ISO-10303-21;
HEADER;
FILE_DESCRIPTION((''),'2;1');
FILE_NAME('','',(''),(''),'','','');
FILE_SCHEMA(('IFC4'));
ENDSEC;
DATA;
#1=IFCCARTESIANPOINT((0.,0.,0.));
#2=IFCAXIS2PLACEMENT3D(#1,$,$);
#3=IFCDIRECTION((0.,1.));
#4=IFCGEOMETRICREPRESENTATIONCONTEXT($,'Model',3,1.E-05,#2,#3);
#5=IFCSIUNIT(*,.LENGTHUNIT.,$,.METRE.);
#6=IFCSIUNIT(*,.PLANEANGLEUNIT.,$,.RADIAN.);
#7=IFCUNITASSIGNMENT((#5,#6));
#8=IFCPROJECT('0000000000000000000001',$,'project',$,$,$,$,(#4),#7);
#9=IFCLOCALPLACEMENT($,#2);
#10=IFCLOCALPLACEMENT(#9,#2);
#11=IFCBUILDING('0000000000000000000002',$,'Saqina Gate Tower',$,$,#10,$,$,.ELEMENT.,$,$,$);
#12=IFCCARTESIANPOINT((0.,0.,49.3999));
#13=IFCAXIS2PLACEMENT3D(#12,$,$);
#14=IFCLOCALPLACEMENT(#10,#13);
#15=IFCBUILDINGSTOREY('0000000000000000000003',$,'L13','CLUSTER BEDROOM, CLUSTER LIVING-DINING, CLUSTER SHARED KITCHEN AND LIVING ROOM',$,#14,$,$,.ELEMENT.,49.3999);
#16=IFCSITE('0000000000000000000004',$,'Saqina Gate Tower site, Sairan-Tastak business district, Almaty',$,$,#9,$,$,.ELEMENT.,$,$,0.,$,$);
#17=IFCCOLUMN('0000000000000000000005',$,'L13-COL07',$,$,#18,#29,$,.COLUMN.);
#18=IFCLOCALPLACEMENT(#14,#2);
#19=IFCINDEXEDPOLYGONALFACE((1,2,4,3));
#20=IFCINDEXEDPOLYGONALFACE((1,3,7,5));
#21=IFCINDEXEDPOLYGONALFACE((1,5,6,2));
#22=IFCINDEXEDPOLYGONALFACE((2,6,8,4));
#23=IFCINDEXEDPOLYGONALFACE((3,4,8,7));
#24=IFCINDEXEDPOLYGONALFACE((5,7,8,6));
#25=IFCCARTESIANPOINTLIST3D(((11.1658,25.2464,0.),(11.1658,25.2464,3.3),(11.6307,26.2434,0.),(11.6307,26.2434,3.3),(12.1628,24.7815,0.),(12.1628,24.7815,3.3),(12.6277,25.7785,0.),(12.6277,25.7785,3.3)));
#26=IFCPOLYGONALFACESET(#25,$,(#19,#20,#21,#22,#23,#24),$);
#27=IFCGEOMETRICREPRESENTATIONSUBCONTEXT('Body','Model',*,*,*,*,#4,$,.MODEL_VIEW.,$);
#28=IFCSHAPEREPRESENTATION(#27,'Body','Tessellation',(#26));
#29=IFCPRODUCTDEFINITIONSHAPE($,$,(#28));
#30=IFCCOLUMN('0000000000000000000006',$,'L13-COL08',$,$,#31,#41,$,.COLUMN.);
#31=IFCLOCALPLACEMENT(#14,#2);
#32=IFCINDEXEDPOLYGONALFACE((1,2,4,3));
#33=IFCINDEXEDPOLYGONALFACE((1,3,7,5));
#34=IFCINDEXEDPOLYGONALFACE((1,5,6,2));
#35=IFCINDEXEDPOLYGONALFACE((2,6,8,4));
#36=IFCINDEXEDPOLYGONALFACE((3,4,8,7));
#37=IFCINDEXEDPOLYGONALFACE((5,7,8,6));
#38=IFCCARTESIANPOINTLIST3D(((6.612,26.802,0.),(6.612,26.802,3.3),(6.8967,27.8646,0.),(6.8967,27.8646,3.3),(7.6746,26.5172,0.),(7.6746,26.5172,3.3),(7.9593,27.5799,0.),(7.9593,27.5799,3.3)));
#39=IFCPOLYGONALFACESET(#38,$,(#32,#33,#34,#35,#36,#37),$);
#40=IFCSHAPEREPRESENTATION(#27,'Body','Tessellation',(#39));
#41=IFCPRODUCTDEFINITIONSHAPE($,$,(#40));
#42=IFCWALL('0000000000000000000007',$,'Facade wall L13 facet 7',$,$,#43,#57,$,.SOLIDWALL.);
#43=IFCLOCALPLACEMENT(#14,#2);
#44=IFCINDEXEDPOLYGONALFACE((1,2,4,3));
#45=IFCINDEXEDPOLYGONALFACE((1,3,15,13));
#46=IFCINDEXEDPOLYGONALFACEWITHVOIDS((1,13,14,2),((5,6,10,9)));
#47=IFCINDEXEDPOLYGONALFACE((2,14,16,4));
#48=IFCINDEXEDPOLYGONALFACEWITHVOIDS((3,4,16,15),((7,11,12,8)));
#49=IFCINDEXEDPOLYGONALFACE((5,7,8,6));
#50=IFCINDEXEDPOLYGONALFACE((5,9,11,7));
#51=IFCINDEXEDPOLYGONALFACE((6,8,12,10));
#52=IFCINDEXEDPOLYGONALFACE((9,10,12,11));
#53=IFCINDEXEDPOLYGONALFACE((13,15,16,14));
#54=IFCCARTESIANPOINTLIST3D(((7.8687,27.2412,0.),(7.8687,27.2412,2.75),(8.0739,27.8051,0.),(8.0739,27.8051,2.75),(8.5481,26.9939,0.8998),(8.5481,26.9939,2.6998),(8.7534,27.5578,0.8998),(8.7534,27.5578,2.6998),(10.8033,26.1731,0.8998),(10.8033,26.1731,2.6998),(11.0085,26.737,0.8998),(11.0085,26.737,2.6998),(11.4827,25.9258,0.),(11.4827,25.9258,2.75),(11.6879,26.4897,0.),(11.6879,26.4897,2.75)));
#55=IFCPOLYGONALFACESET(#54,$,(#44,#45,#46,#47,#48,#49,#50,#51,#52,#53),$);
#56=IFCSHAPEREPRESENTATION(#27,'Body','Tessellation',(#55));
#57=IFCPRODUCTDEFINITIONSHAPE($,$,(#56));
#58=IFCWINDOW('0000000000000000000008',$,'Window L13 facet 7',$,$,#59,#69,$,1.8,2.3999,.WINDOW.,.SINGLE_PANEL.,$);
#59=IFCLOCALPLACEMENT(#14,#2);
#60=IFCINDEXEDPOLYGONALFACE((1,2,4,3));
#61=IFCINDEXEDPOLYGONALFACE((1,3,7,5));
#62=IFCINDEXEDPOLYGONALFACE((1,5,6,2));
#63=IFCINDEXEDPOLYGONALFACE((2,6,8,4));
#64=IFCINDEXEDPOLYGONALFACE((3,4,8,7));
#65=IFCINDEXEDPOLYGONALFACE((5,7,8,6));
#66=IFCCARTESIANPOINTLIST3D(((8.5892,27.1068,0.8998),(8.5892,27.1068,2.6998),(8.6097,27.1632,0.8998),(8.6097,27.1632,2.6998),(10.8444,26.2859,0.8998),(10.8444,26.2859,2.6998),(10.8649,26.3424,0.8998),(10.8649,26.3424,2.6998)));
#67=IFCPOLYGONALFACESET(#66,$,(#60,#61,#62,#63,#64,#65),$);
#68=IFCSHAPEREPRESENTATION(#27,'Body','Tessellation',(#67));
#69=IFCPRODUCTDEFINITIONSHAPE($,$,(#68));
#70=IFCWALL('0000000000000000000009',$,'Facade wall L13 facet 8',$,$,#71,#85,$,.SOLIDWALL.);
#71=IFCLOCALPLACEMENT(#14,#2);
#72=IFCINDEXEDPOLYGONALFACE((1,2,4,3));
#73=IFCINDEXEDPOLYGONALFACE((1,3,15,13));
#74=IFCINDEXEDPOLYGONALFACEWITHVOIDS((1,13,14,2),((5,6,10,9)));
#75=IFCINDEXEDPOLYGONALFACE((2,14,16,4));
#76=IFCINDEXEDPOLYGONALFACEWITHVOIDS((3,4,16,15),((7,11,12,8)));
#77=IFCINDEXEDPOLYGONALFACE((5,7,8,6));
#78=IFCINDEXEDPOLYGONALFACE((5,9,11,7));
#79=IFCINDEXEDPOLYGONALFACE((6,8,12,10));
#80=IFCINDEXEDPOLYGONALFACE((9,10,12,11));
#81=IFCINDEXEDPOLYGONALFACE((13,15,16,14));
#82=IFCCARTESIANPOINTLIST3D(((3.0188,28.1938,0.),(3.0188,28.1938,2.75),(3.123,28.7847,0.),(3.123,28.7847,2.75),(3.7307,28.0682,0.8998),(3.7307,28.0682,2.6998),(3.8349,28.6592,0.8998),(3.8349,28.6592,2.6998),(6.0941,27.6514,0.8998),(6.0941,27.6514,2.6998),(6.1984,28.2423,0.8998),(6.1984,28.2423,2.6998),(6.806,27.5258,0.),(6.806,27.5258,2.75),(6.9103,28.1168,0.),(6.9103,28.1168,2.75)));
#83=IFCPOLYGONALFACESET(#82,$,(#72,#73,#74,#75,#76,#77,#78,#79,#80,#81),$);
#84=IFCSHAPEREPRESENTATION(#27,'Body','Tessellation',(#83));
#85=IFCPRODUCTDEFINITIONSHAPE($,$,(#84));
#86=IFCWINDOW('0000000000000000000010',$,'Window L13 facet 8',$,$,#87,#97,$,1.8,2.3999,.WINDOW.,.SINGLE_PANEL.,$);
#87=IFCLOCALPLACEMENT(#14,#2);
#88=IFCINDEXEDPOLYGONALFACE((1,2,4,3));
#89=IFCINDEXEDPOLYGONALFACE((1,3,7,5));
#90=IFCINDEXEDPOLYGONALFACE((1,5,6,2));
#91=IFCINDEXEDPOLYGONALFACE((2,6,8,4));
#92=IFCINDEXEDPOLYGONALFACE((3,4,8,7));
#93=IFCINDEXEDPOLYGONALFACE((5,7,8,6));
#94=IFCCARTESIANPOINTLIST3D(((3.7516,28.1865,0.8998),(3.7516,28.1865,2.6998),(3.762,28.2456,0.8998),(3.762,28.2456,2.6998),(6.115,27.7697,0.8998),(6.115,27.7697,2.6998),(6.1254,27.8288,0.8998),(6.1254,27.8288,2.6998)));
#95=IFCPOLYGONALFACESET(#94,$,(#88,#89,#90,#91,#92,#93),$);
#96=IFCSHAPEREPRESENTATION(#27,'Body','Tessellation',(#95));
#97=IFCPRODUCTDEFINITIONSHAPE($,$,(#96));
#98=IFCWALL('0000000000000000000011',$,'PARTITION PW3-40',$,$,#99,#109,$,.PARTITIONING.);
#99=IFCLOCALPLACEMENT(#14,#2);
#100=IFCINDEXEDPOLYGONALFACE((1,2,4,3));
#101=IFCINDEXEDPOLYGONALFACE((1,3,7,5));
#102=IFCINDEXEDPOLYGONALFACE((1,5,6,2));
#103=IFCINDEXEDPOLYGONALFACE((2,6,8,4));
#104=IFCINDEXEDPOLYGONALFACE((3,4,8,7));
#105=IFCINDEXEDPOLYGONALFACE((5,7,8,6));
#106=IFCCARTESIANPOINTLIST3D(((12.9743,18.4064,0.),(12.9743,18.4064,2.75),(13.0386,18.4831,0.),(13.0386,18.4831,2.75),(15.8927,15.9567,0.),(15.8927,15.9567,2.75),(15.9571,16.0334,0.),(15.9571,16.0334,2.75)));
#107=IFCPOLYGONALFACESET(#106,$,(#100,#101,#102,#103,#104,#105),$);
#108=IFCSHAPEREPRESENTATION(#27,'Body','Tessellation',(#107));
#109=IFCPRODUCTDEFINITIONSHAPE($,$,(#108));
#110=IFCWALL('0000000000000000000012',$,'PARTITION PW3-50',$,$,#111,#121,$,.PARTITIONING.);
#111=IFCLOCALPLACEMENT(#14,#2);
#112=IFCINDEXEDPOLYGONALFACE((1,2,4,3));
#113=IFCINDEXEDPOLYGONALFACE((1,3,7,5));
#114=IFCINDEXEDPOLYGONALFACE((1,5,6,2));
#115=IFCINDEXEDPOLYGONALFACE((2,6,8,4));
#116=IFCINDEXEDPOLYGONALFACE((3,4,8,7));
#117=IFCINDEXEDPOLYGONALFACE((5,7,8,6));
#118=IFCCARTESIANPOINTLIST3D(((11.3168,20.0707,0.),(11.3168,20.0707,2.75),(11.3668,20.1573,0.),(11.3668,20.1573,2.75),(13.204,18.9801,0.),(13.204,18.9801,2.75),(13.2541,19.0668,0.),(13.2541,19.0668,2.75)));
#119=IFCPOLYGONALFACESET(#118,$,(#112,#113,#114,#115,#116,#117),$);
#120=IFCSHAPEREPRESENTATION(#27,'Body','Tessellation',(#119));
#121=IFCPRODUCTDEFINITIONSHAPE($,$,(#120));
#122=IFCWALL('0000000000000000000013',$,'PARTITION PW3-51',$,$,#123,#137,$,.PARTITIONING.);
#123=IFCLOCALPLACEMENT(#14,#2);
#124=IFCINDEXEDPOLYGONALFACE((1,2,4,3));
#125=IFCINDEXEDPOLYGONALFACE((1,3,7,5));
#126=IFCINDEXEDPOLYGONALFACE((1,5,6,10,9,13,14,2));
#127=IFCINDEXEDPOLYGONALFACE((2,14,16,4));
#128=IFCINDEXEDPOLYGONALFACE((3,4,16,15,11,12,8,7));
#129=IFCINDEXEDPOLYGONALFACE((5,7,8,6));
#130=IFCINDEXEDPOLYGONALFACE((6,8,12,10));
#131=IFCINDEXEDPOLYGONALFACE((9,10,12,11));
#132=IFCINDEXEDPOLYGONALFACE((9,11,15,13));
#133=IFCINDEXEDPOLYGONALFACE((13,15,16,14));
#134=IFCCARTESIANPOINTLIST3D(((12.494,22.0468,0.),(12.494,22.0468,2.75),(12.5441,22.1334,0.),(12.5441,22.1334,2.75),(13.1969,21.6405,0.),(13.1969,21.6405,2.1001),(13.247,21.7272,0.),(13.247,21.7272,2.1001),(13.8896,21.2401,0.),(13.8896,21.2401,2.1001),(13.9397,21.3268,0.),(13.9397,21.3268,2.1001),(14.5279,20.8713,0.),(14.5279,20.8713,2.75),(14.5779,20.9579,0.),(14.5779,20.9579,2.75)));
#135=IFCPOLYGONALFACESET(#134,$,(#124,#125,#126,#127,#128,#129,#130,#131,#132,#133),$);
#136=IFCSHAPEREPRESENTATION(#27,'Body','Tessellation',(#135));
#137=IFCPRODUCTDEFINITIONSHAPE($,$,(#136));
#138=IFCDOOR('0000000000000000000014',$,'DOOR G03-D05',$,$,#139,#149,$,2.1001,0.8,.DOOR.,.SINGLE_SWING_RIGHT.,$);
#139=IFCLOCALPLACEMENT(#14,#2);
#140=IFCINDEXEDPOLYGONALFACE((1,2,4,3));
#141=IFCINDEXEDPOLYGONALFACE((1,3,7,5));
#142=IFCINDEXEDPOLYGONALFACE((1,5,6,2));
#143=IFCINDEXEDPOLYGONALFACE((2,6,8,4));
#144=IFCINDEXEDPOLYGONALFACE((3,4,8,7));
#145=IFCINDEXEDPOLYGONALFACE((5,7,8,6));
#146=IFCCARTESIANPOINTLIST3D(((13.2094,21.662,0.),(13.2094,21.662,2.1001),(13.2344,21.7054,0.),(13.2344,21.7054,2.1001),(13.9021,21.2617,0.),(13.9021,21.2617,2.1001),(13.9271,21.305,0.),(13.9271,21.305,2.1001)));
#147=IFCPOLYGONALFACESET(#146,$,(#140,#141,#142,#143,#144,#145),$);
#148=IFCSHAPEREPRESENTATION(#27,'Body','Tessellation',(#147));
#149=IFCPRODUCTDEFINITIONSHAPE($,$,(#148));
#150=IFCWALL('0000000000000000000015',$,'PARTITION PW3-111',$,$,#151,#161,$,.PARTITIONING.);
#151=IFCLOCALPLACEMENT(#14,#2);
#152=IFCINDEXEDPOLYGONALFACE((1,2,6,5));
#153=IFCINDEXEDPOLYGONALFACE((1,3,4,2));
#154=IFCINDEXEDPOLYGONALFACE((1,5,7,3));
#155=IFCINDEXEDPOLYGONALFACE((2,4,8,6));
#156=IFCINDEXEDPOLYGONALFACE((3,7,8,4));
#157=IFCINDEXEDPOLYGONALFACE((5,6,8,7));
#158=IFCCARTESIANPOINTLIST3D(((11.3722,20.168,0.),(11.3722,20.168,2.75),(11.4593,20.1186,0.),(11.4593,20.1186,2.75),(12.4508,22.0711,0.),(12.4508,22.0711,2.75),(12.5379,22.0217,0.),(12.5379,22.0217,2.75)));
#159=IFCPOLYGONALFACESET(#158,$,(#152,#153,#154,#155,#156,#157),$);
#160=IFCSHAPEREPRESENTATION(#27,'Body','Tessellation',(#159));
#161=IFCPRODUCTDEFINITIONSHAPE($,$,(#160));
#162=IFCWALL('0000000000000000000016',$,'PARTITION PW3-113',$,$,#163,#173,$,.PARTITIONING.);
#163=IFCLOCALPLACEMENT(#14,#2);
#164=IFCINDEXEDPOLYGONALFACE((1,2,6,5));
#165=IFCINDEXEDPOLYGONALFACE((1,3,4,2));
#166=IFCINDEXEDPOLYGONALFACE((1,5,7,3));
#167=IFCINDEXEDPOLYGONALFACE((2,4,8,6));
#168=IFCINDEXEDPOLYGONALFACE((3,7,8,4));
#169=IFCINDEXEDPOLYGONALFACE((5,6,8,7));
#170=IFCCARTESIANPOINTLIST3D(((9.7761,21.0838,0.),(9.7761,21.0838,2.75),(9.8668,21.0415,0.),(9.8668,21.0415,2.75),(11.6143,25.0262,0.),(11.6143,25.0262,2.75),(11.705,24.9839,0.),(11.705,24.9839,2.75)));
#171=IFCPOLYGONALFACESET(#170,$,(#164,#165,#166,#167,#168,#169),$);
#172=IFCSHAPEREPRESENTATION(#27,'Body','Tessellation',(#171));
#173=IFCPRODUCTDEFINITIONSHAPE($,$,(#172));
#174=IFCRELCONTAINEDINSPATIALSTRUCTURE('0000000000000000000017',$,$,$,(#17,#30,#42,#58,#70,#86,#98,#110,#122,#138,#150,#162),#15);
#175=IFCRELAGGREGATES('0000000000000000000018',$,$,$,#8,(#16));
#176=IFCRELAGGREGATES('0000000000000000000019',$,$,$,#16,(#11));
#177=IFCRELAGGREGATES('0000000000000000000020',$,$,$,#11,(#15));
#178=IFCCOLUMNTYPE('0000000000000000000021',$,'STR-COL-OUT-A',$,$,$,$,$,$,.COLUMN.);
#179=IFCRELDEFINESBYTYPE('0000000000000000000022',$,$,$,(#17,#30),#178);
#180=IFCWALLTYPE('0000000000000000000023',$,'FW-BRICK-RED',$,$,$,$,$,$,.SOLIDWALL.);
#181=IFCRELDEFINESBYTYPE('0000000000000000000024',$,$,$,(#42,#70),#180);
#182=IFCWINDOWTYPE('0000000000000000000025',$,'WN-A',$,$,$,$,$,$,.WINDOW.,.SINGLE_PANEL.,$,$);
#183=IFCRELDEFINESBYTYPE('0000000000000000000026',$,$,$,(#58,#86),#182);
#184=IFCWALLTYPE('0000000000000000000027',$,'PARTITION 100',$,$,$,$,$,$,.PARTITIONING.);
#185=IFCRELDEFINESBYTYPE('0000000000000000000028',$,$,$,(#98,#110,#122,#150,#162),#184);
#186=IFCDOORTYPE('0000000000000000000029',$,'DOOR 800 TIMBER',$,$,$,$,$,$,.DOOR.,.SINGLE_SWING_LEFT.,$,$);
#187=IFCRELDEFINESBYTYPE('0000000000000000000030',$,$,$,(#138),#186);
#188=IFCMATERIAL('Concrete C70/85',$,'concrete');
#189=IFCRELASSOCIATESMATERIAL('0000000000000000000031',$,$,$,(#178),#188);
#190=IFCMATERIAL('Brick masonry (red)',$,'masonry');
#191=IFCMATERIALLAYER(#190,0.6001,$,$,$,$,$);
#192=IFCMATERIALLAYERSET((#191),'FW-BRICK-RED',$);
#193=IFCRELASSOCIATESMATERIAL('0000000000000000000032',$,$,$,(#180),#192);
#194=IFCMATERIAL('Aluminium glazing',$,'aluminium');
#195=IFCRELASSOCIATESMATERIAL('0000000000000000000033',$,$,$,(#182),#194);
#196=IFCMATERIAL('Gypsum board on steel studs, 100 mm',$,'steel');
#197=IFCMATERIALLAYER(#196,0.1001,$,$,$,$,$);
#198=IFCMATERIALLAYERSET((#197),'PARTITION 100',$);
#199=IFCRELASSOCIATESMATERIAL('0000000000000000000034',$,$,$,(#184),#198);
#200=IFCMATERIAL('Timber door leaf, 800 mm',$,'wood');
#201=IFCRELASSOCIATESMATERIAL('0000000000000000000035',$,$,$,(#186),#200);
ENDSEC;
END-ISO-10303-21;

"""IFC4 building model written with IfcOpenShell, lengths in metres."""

from ifc_helpers import new_model, si_unit, direction, frame, frame_2d, origin, origin_2d, place, context, subcontext, project, spatial, rectangle, extrude, material, layer, layer_set, material_profile, profile_set, type_object, element, fill, save


model = new_model("IFC4")

# Units and contexts
model_context = context("Model", 3, precision=1e-05, world=origin(), true_north=direction((0.0, 1.0)))
body_context = subcontext(model_context, "Body", "Model", "MODEL_VIEW")
ifc_project = project(units=[si_unit("LENGTHUNIT", "METRE"), si_unit("PLANEANGLEUNIT", "RADIAN")], contexts=[model_context])

# Site, building, storey
site_placement = place(None, origin())
site = spatial("IfcSite", under=ifc_project, at=site_placement, Name="Saqina Gate Tower site, Sairan-Tastak business district, Almaty", CompositionType="ELEMENT", RefElevation=0.0)
building_placement = place(site_placement, origin())
building = spatial("IfcBuilding", under=site, at=building_placement, Name="Saqina Gate Tower", CompositionType="ELEMENT")
storey_placement = place(building_placement, frame((0.0, 0.0, 49.3999)))
storey = spatial("IfcBuildingStorey", under=building, at=storey_placement, Name="L13", Description="CLUSTER BEDROOM, CLUSTER LIVING-DINING, CLUSTER SHARED KITCHEN AND LIVING ROOM", CompositionType="ELEMENT", Elevation=49.3999)

# Columns
ifc_material_1 = material(Name="Concrete C70/85", Category="concrete")
ifc_material_profile = material_profile(ifc_material_1, rectangle(XDim=1.1001, YDim=1.1001, at=origin_2d()), Name="RC 1100x1100")
ifc_profile_set = profile_set([ifc_material_profile], Name="Concrete C70/85")
column_type = type_object("IfcColumnType", Name="STR-COL-OUT-A", PredefinedType="COLUMN", material=ifc_profile_set)
for number, where, z_axis, x_axis, name in (
    (1, (11.8967, 25.5125, 0.0), (0.0, 0.0, 1.0), (0.422618, 0.906308, 0.0), "L13-COL07"),
    (2, (7.2856, 27.1909, 0.0), (0.0, 0.0, 1.0), (0.258819, 0.965926, 0.0), "L13-COL08"),
):
    element("IfcColumn", number, at=place(storey_placement, frame(where, z_axis=z_axis, x_axis=x_axis)), inside=storey, type_object=column_type, Name=name, PredefinedType="COLUMN", context=body_context, shape_type="SweptSolid", body=[
        extrude(rectangle(XDim=1.1001, YDim=1.1001, at=origin_2d()), origin(), (0.0, 0.0, 1.0), 3.3),
    ])

# Walls, openings, windows
ifc_material_2 = material(Name="Brick masonry (red)", Category="masonry")
ifc_layer_1 = layer(ifc_material_2, 0.6001)
ifc_layer_set_1 = layer_set([ifc_layer_1], Name="FW-BRICK-RED")
wall_type_1 = type_object("IfcWallType", Name="FW-BRICK-RED", PredefinedType="SOLIDWALL", material=ifc_layer_set_1)
wall_1_placement = place(storey_placement, frame((11.5852, 26.2078, 0.0), z_axis=(0.0, 0.0, 1.0), x_axis=(-0.93969, 0.342028, 0.0)))
wall_1 = element("IfcWall", 3, at=wall_1_placement, inside=storey, type_object=wall_type_1, Name="Facade wall L13 facet 7", PredefinedType="SOLIDWALL", context=body_context, shape_type="SweptSolid", body=[
    extrude(rectangle(XDim=3.8459, YDim=0.6001, at=frame_2d((1.9229, 0.0))), origin(), (0.0, 0.0, 1.0), 2.75),
])
opening_1_placement = place(wall_1_placement, frame((0.7229, 0.0, 0.8999)))
opening_1 = element("IfcOpeningElement", 4, at=opening_1_placement, cuts=wall_1, PredefinedType="OPENING", context=body_context, shape_type="SweptSolid", body=[
    extrude(rectangle(XDim=2.3999, YDim=1.8, at=frame_2d((1.2, 0.8999))), frame((0.0, 0.312, 0.0), z_axis=(0.0, -1.0, 0.0), x_axis=(1.0, 0.0, 0.0)), (0.0, 0.0, 1.0), 0.624),
])
ifc_material_3 = material(Name="Aluminium glazing", Category="aluminium")
window_type = type_object("IfcWindowType", Name="WN-A", PartitioningType="SINGLE_PANEL", PredefinedType="WINDOW", material=ifc_material_3)
window_1_placement = place(opening_1_placement, origin())
window_1 = element("IfcWindow", 5, at=window_1_placement, inside=storey, type_object=window_type, Name="Window L13 facet 7", OverallHeight=1.8, OverallWidth=2.3999, PartitioningType="SINGLE_PANEL", PredefinedType="WINDOW", context=body_context, shape_type="SweptSolid", body=[
    extrude(rectangle(XDim=2.3999, YDim=1.8, at=frame_2d((1.2, 0.8999))), frame((0.0, 0.1799, 0.0), z_axis=(0.0, -1.0, 0.0), x_axis=(1.0, 0.0, 0.0)), (0.0, 0.0, 1.0), 0.0601),
])
fill(opening_1, window_1)
wall_2_placement = place(storey_placement, frame((6.8582, 27.8213, 0.0), z_axis=(0.0, 0.0, 1.0), x_axis=(-0.984801, 0.173688, 0.0)))
wall_2 = element("IfcWall", 6, at=wall_2_placement, inside=storey, type_object=wall_type_1, Name="Facade wall L13 facet 8", PredefinedType="SOLIDWALL", context=body_context, shape_type="SweptSolid", body=[
    extrude(rectangle(XDim=3.8457, YDim=0.6001, at=frame_2d((1.9229, 0.0))), origin(), (0.0, 0.0, 1.0), 2.75),
])
opening_2_placement = place(wall_2_placement, frame((0.7229, 0.0, 0.8999)))
opening_2 = element("IfcOpeningElement", 7, at=opening_2_placement, cuts=wall_2, PredefinedType="OPENING", context=body_context, shape_type="SweptSolid", body=[
    extrude(rectangle(XDim=2.3999, YDim=1.8, at=frame_2d((1.2, 0.8999))), frame((0.0, 0.312, 0.0), z_axis=(0.0, -1.0, 0.0), x_axis=(1.0, 0.0, 0.0)), (0.0, 0.0, 1.0), 0.624),
])
window_2_placement = place(opening_2_placement, origin())
window_2 = element("IfcWindow", 8, at=window_2_placement, inside=storey, type_object=window_type, Name="Window L13 facet 8", OverallHeight=1.8, OverallWidth=2.3999, PartitioningType="SINGLE_PANEL", PredefinedType="WINDOW", context=body_context, shape_type="SweptSolid", body=[
    extrude(rectangle(XDim=2.3999, YDim=1.8, at=frame_2d((1.2, 0.8999))), frame((0.0, 0.1799, 0.0), z_axis=(0.0, -1.0, 0.0), x_axis=(1.0, 0.0, 0.0)), (0.0, 0.0, 1.0), 0.0601),
])
fill(opening_2, window_2)

# Walls
ifc_material_4 = material(Name="Gypsum board on steel studs, 100 mm", Category="steel")
ifc_layer_2 = layer(ifc_material_4, 0.1001)
ifc_layer_set_2 = layer_set([ifc_layer_2], Name="PARTITION 100")
wall_type_2 = type_object("IfcWallType", Name="PARTITION 100", PredefinedType="PARTITIONING", material=ifc_layer_set_2)
wall_3_placement = place(storey_placement, frame((13.0063, 18.4448, 0.0), z_axis=(0.0, 0.0, 1.0), x_axis=(0.765937, -0.642916, 0.0)))
element("IfcWall", 9, at=wall_3_placement, inside=storey, type_object=wall_type_2, Name="PARTITION PW3-40", PredefinedType="PARTITIONING", context=body_context, shape_type="SweptSolid", body=[
    extrude(rectangle(XDim=3.8103, YDim=0.1001, at=frame_2d((1.9053, 0.0))), origin(), (0.0, 0.0, 1.0), 2.75),
])
wall_4_placement = place(storey_placement, frame((11.3418, 20.114, 0.0), z_axis=(0.0, 0.0, 1.0), x_axis=(0.865827, -0.500343, 0.0)))
element("IfcWall", 10, at=wall_4_placement, inside=storey, type_object=wall_type_2, Name="PARTITION PW3-50", PredefinedType="PARTITIONING", context=body_context, shape_type="SweptSolid", body=[
    extrude(rectangle(XDim=2.1797, YDim=0.1001, at=frame_2d((1.0898, 0.0))), origin(), (0.0, 0.0, 1.0), 2.75),
])

# Wall, opening, door
wall_5_placement = place(storey_placement, frame((12.519, 22.0901, 0.0), z_axis=(0.0, 0.0, 1.0), x_axis=(0.865796, -0.500397, 0.0)))
wall_5 = element("IfcWall", 11, at=wall_5_placement, inside=storey, type_object=wall_type_2, Name="PARTITION PW3-51", PredefinedType="PARTITIONING", context=body_context, shape_type="SweptSolid", body=[
    extrude(rectangle(XDim=2.3491, YDim=0.1001, at=frame_2d((1.1746, 0.0))), origin(), (0.0, 0.0, 1.0), 2.75),
])
opening_3_placement = place(wall_5_placement, frame((0.812, 0.0, 0.0)))
opening_3 = element("IfcOpeningElement", 12, at=opening_3_placement, cuts=wall_5, PredefinedType="OPENING", context=body_context, shape_type="SweptSolid", body=[
    extrude(rectangle(XDim=0.8, YDim=2.1001, at=frame_2d((0.3999, 1.05))), frame((0.0, 0.062, 0.0), z_axis=(0.0, -1.0, 0.0), x_axis=(1.0, 0.0, 0.0)), (0.0, 0.0, 1.0), 0.124),
])
ifc_material_5 = material(Name="Timber door leaf, 800 mm", Category="wood")
door_type_1 = type_object("IfcDoorType", Name="DOOR 800 TIMBER", OperationType="SINGLE_SWING_LEFT", PredefinedType="DOOR", material=ifc_material_5)
door_1_placement = place(opening_3_placement, origin())
door_1 = element("IfcDoor", 13, at=door_1_placement, inside=storey, type_object=door_type_1, Name="DOOR G03-D05", OperationType="SINGLE_SWING_RIGHT", OverallHeight=2.1001, OverallWidth=0.8, PredefinedType="DOOR", context=body_context, shape_type="SweptSolid", body=[
    extrude(rectangle(XDim=0.8, YDim=2.1001, at=frame_2d((0.3999, 1.05))), frame((0.0, 0.0249, 0.0), z_axis=(0.0, -1.0, 0.0), x_axis=(1.0, 0.0, 0.0)), (0.0, 0.0, 1.0), 0.05),
])
fill(opening_3, door_1)

# Walls
wall_6_placement = place(storey_placement, frame((11.4158, 20.1433, 0.0), z_axis=(0.0, 0.0, 1.0), x_axis=(0.493083, 0.869982, 0.0)))
element("IfcWall", 14, at=wall_6_placement, inside=storey, type_object=wall_type_2, Name="PARTITION PW3-111", PredefinedType="PARTITIONING", context=body_context, shape_type="SweptSolid", body=[
    extrude(rectangle(XDim=2.1875, YDim=0.1001, at=frame_2d((1.0938, 0.0))), origin(), (0.0, 0.0, 1.0), 2.75),
])
wall_7_placement = place(storey_placement, frame((9.8215, 21.0627, 0.0), z_axis=(0.0, 0.0, 1.0), x_axis=(0.422575, 0.906328, 0.0)))
element("IfcWall", 15, at=wall_7_placement, inside=storey, type_object=wall_type_2, Name="PARTITION PW3-113", PredefinedType="PARTITIONING", context=body_context, shape_type="SweptSolid", body=[
    extrude(rectangle(XDim=4.3499, YDim=0.1001, at=frame_2d((2.1748, 0.0))), origin(), (0.0, 0.0, 1.0), 2.75),
])

save(model, "model.ifc")
